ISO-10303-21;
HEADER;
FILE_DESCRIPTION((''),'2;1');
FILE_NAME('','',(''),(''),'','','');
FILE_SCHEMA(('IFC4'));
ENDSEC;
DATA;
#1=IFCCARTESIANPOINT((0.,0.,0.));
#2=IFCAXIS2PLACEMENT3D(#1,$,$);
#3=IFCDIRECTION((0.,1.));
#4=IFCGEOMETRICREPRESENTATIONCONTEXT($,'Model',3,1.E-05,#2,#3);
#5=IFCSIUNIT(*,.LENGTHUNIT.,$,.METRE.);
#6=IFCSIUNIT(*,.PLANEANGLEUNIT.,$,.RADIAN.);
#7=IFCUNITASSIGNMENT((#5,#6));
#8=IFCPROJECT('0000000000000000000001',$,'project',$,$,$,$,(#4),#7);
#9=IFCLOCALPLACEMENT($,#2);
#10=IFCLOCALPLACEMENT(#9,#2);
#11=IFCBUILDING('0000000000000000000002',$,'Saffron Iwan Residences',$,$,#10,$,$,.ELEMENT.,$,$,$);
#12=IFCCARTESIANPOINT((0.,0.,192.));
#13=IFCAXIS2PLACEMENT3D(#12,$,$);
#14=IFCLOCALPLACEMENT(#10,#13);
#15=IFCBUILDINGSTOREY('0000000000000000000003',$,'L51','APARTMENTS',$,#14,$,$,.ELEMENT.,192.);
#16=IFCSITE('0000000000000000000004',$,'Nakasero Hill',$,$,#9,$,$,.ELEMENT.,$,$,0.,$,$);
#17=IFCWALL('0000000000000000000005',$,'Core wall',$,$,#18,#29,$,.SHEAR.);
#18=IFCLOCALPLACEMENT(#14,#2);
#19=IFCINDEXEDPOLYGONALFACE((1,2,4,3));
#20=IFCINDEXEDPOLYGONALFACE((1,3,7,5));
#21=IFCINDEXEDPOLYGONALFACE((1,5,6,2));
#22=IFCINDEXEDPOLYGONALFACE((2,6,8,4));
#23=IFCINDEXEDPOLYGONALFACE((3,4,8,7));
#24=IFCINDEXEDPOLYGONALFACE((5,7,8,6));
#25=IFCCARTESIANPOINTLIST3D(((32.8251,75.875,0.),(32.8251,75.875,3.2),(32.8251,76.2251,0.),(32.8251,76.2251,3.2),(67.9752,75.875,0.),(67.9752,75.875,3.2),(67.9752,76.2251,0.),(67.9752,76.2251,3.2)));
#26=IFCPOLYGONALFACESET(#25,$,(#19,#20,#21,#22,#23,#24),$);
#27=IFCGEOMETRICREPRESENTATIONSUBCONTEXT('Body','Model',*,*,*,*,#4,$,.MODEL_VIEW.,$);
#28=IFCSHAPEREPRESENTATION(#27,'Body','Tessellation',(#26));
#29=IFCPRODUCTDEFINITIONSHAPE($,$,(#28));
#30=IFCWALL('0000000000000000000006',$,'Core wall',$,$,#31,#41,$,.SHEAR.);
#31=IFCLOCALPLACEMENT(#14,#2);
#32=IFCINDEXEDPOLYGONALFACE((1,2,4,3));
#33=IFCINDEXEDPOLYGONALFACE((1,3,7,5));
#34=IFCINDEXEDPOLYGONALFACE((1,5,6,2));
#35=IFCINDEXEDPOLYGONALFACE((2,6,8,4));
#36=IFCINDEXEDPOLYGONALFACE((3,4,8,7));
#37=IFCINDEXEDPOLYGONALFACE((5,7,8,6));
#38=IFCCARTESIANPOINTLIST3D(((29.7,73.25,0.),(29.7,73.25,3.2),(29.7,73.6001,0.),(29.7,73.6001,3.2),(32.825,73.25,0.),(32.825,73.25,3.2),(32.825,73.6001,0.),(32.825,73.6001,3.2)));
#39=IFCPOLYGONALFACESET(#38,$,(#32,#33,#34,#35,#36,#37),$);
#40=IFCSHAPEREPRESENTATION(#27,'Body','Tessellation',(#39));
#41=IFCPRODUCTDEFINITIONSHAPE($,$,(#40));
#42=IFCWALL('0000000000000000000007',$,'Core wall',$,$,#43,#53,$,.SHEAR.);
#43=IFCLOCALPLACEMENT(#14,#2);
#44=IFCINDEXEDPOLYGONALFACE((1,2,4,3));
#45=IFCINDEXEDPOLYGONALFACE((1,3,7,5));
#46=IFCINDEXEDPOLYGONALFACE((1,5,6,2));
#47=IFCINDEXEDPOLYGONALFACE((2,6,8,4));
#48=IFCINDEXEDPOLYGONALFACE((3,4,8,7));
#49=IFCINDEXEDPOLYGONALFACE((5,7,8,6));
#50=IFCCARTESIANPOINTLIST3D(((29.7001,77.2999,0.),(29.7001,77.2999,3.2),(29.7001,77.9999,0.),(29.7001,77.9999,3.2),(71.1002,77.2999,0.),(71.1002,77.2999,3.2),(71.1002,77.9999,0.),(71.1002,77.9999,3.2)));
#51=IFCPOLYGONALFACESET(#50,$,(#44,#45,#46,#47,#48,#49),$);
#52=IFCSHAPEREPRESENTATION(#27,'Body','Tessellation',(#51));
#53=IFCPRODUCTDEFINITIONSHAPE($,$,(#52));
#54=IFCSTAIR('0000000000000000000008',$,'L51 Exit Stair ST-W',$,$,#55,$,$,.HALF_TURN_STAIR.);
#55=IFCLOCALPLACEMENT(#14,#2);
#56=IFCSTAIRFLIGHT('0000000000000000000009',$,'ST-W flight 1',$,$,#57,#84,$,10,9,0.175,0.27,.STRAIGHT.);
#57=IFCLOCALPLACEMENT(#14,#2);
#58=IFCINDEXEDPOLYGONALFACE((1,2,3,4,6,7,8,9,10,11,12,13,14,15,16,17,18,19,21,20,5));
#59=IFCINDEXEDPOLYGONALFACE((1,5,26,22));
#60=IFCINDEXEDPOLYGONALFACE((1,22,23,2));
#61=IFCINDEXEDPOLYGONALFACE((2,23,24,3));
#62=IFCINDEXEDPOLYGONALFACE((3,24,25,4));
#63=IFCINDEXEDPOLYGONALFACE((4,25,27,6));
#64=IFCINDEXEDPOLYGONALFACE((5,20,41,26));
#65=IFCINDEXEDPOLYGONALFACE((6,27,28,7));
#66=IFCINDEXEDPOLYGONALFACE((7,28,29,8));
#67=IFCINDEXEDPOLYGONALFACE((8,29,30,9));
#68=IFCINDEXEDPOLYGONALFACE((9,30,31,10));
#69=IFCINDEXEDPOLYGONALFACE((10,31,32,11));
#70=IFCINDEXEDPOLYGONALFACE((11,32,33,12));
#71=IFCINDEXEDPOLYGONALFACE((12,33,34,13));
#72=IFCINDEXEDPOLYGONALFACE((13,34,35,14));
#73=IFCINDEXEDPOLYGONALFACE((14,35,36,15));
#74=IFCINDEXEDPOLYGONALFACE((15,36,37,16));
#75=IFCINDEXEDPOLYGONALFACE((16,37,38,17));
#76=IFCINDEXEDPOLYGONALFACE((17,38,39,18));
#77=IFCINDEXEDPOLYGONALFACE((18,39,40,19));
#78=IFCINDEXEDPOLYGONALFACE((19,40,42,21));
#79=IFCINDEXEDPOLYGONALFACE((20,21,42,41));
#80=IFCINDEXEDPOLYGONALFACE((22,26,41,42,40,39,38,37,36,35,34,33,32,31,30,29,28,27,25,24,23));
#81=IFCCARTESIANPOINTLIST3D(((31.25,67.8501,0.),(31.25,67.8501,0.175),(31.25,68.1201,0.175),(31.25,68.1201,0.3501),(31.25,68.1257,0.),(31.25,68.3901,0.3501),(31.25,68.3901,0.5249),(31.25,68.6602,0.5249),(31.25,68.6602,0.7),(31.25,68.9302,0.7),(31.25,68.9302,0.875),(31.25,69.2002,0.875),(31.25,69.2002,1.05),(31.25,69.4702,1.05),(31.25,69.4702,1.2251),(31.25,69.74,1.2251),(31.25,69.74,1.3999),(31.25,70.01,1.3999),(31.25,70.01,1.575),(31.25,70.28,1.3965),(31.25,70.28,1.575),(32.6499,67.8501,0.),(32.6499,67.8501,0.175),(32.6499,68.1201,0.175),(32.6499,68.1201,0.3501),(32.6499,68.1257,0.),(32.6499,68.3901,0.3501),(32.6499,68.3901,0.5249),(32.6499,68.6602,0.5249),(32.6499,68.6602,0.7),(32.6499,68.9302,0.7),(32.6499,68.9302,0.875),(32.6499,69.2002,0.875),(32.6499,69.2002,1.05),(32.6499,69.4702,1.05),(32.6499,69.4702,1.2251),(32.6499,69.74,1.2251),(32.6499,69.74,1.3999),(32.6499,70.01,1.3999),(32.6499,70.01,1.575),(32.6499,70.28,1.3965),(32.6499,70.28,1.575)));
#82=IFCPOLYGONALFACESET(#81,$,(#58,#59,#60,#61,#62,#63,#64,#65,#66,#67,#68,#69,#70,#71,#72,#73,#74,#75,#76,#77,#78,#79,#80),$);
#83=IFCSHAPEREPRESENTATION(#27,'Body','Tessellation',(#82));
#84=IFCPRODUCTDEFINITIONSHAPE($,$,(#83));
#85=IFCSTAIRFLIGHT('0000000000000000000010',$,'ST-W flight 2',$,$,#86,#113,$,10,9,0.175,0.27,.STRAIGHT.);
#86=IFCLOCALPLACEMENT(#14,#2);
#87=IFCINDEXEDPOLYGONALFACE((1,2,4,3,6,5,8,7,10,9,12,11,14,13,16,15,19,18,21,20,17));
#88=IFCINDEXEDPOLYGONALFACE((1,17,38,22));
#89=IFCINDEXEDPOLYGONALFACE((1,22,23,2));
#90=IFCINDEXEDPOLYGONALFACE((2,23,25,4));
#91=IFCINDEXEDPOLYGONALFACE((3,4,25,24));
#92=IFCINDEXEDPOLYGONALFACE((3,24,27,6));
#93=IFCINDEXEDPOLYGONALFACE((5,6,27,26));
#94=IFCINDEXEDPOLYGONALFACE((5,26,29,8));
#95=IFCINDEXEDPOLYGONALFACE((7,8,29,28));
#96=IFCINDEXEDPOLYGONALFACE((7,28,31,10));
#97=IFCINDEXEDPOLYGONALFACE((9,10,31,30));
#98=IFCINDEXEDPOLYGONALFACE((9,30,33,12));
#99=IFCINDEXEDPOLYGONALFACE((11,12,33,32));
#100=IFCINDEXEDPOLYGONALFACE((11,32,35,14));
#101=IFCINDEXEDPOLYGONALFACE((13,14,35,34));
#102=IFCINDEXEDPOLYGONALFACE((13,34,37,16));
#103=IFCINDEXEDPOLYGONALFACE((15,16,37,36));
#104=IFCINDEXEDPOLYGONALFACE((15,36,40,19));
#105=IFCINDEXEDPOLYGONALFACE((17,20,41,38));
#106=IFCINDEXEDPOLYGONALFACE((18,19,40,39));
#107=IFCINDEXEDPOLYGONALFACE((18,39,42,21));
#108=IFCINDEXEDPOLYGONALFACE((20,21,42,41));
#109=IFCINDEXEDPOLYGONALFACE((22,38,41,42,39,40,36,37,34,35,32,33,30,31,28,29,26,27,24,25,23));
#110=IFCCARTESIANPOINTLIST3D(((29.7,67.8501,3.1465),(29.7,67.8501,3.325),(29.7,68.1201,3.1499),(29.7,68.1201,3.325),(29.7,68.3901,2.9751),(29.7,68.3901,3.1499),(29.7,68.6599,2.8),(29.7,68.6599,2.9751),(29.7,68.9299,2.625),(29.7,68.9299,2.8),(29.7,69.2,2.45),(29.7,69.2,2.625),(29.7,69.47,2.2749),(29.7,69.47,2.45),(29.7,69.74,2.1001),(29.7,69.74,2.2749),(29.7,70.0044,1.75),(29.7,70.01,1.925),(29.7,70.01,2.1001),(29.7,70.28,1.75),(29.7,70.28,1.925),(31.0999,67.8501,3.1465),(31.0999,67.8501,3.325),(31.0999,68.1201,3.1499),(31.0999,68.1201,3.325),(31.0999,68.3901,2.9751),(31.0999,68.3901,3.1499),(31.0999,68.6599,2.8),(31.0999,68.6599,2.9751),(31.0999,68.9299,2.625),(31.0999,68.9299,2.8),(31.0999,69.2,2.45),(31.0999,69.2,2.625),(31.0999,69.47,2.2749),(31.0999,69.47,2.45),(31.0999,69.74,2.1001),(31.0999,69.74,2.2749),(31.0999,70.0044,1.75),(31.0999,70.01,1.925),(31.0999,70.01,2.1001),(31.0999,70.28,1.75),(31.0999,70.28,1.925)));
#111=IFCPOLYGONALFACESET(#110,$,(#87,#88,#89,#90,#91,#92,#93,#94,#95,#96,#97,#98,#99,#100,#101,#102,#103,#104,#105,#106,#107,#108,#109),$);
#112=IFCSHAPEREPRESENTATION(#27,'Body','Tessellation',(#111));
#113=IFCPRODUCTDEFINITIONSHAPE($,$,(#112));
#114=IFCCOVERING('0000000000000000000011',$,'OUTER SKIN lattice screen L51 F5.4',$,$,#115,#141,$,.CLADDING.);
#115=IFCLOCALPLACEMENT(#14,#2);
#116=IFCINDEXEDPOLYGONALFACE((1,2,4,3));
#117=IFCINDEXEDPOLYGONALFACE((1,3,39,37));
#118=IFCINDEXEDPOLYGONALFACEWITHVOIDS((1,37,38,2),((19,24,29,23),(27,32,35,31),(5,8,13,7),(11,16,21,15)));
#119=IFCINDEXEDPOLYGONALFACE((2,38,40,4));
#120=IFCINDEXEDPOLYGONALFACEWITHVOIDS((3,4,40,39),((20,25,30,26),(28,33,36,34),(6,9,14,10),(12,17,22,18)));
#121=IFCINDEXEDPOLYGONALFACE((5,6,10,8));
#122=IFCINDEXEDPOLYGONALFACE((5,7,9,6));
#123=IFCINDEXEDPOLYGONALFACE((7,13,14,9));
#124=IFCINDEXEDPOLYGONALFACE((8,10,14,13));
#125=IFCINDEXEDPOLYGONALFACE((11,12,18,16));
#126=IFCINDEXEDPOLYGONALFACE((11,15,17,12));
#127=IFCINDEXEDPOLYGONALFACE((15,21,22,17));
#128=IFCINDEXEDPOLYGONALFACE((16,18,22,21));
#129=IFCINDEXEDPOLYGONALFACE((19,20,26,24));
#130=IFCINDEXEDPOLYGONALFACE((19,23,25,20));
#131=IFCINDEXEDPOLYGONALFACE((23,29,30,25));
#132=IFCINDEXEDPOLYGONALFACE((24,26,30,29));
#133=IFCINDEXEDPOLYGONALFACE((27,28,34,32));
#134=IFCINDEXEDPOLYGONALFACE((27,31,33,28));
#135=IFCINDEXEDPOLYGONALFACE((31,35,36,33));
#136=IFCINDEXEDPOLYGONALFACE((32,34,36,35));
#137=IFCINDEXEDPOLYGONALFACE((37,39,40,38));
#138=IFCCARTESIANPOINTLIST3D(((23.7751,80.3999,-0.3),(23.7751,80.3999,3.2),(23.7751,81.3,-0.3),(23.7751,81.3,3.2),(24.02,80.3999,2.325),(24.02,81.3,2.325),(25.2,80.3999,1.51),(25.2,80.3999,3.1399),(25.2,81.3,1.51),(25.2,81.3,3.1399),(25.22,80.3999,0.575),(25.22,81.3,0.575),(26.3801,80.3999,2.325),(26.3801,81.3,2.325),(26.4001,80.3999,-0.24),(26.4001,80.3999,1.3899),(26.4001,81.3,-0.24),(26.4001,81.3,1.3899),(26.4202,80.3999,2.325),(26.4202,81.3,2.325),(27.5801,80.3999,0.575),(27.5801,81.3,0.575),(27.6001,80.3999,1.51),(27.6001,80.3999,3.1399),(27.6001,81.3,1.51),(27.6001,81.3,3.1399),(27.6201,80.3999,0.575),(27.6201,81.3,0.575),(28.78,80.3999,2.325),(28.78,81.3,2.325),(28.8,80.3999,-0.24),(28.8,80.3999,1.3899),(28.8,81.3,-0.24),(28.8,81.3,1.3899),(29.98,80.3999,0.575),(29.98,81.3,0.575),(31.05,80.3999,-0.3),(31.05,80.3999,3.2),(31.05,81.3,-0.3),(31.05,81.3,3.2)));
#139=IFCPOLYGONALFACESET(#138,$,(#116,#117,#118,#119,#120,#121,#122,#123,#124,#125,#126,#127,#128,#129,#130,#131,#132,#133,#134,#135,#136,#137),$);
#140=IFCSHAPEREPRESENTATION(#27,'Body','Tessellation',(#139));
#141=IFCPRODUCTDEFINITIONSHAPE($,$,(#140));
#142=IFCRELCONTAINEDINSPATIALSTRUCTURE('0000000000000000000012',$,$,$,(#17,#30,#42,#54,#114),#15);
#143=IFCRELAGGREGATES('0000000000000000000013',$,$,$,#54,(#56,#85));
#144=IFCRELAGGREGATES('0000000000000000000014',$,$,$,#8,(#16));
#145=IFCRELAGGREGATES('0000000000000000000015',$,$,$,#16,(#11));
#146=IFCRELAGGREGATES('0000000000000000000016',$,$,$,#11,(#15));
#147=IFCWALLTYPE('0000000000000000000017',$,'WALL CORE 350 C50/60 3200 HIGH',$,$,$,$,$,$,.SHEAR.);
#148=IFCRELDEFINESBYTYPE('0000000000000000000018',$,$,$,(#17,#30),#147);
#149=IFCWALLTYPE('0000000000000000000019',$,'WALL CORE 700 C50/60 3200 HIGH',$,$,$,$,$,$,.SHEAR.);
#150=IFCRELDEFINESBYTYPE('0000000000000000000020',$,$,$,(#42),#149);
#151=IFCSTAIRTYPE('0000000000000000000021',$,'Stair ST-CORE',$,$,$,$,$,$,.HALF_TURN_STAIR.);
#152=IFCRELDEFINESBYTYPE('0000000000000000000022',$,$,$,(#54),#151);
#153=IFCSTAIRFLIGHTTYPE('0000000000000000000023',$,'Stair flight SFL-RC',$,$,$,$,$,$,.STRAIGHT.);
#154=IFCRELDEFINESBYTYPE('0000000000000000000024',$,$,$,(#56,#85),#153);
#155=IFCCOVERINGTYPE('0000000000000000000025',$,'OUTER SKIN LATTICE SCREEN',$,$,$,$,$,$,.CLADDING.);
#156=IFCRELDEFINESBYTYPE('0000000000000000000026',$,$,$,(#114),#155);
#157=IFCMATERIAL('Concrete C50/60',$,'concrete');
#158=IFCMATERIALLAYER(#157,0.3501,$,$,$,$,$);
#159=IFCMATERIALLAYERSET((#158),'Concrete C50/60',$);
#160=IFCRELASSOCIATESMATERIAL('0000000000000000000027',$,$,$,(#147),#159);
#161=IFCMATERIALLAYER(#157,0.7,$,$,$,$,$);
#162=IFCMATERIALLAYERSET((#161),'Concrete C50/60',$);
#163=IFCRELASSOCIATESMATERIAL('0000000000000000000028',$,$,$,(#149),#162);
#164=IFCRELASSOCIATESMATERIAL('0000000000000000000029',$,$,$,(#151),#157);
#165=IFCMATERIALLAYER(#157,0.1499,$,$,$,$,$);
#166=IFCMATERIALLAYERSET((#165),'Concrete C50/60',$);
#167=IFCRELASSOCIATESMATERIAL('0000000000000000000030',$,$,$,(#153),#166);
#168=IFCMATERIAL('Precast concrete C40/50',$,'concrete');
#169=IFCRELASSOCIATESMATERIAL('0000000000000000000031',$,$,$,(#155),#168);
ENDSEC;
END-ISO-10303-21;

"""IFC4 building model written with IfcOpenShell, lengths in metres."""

from ifc_helpers import new_model, si_unit, direction, frame, frame_2d, origin, place, context, subcontext, project, spatial, polyline, rectangle, outline, extrude, material, layer, layer_set, type_object, element, aggregate, save


model = new_model("IFC4")

# Units and contexts
model_context = context("Model", 3, precision=1e-05, world=origin(), true_north=direction((0.0, 1.0)))
body_context = subcontext(model_context, "Body", "Model", "MODEL_VIEW")
ifc_project = project(units=[si_unit("LENGTHUNIT", "METRE"), si_unit("PLANEANGLEUNIT", "RADIAN")], contexts=[model_context])

# Site, building, storey
site_placement = place(None, origin())
site = spatial("IfcSite", under=ifc_project, at=site_placement, Name="Nakasero Hill", CompositionType="ELEMENT", RefElevation=0.0)
building_placement = place(site_placement, origin())
building = spatial("IfcBuilding", under=site, at=building_placement, Name="Saffron Iwan Residences", CompositionType="ELEMENT")
storey_placement = place(building_placement, frame((0.0, 0.0, 192.0)))
storey = spatial("IfcBuildingStorey", under=building, at=storey_placement, Name="L51", Description="APARTMENTS", CompositionType="ELEMENT", Elevation=192.0)

# Shared definitions
ifc_material_1 = material(Name="Concrete C50/60", Category="concrete")
ifc_layer_1 = layer(ifc_material_1, 0.3501)
ifc_layer_set_1 = layer_set([ifc_layer_1], Name="Concrete C50/60")
wall_type_1 = type_object("IfcWallType", Name="WALL CORE 350 C50/60 3200 HIGH", PredefinedType="SHEAR", material=ifc_layer_set_1)

# Walls
wall_1_placement = place(storey_placement, frame((32.825, 76.05, 0.0), z_axis=(0.0, 0.0, 1.0), x_axis=(1.0, 0.0, 0.0)))
element("IfcWall", 1, at=wall_1_placement, inside=storey, type_object=wall_type_1, Name="Core wall", PredefinedType="SHEAR", context=body_context, shape_type="SweptSolid", body=[
    extrude(rectangle(XDim=35.1501, YDim=0.3501, at=frame_2d((17.5752, 0.0))), origin(), (0.0, 0.0, 1.0), 3.2),
])
wall_2_placement = place(storey_placement, frame((29.7, 73.425, 0.0), z_axis=(0.0, 0.0, 1.0), x_axis=(1.0, 0.0, 0.0)))
element("IfcWall", 2, at=wall_2_placement, inside=storey, type_object=wall_type_1, Name="Core wall", PredefinedType="SHEAR", context=body_context, shape_type="SweptSolid", body=[
    extrude(rectangle(XDim=3.125, YDim=0.3501, at=frame_2d((1.5625, 0.0))), origin(), (0.0, 0.0, 1.0), 3.2),
])
ifc_layer_2 = layer(ifc_material_1, 0.7)
ifc_layer_set_2 = layer_set([ifc_layer_2], Name="Concrete C50/60")
wall_type_2 = type_object("IfcWallType", Name="WALL CORE 700 C50/60 3200 HIGH", PredefinedType="SHEAR", material=ifc_layer_set_2)
wall_3_placement = place(storey_placement, frame((29.7, 77.6499, 0.0), z_axis=(0.0, 0.0, 1.0), x_axis=(1.0, 0.0, 0.0)))
element("IfcWall", 3, at=wall_3_placement, inside=storey, type_object=wall_type_2, Name="Core wall", PredefinedType="SHEAR", context=body_context, shape_type="SweptSolid", body=[
    extrude(rectangle(XDim=41.4001, YDim=0.7, at=frame_2d((20.7002, 0.0))), origin(), (0.0, 0.0, 1.0), 3.2),
])

# Stair, stair flights
stair_type = type_object("IfcStairType", Name="Stair ST-CORE", PredefinedType="HALF_TURN_STAIR", material=ifc_material_1)
stair_placement = place(storey_placement, origin())
stair = element("IfcStair", 4, at=stair_placement, inside=storey, type_object=stair_type, Name="L51 Exit Stair ST-W", PredefinedType="HALF_TURN_STAIR")
ifc_layer_3 = layer(ifc_material_1, 0.1499)
ifc_layer_set_3 = layer_set([ifc_layer_3], Name="Concrete C50/60")
stair_flight_type = type_object("IfcStairFlightType", Name="Stair flight SFL-RC", PredefinedType="STRAIGHT", material=ifc_layer_set_3)
stair_flight_1_placement = place(storey_placement, frame((31.95, 67.8501, 0.0), z_axis=(0.0, 0.0, 1.0), x_axis=(0.0, 1.0, 0.0)))
stair_flight_1 = element("IfcStairFlight", 5, at=stair_flight_1_placement, type_object=stair_flight_type, Name="ST-W flight 1", NumberOfRisers=10, NumberOfTreads=9, PredefinedType="STRAIGHT", RiserHeight=0.175, TreadLength=0.27, context=body_context, shape_type="SweptSolid", body=[
    extrude(outline(polyline([(0.0, 0.0), (0.0, 0.175), (0.27, 0.175), (0.27, 0.3501), (0.54, 0.3501), (0.54, 0.5249), (0.8101, 0.5249), (0.8101, 0.7), (1.0801, 0.7), (1.0801, 0.875), (1.3501, 0.875), (1.3501, 1.05), (1.6201, 1.05), (1.6201, 1.2251), (1.8899, 1.2251), (1.8899, 1.3999), (2.1599, 1.3999), (2.1599, 1.575), (2.4299, 1.575), (2.4299, 1.75), (2.4299, 1.3965), (0.2756, 0.0), (0.0, 0.0)])), frame((0.0, 0.7, 0.0), z_axis=(0.0, -1.0, 0.0), x_axis=(1.0, 0.0, 0.0)), (0.0, 0.0, 1.0), 1.3999),
])
stair_flight_2_placement = place(storey_placement, frame((30.3999, 70.28, 1.75), z_axis=(0.0, 0.0, 1.0), x_axis=(0.0, -1.0, 0.0)))
stair_flight_2 = element("IfcStairFlight", 6, at=stair_flight_2_placement, type_object=stair_flight_type, Name="ST-W flight 2", NumberOfRisers=10, NumberOfTreads=9, PredefinedType="STRAIGHT", RiserHeight=0.175, TreadLength=0.27, context=body_context, shape_type="SweptSolid", body=[
    extrude(outline(polyline([(0.0, 0.0), (0.0, 0.175), (0.27, 0.175), (0.27, 0.3501), (0.54, 0.3501), (0.54, 0.5249), (0.8101, 0.5249), (0.8101, 0.7), (1.0801, 0.7), (1.0801, 0.875), (1.3501, 0.875), (1.3501, 1.05), (1.6201, 1.05), (1.6201, 1.2251), (1.8899, 1.2251), (1.8899, 1.3999), (2.1599, 1.3999), (2.1599, 1.575), (2.4299, 1.575), (2.4299, 1.75), (2.4299, 1.3965), (0.2756, 0.0), (0.0, 0.0)])), frame((0.0, 0.7, 0.0), z_axis=(0.0, -1.0, 0.0), x_axis=(1.0, 0.0, 0.0)), (0.0, 0.0, 1.0), 1.3999),
])
aggregate(stair, [stair_flight_1, stair_flight_2])

# Covering
ifc_material_2 = material(Name="Precast concrete C40/50", Category="concrete")
covering_type_1 = type_object("IfcCoveringType", Name="OUTER SKIN LATTICE SCREEN", PredefinedType="CLADDING", material=ifc_material_2)
covering_1_placement = place(storey_placement, frame((31.05, 80.3999, -0.3), z_axis=(0.0, 1.0, 0.0), x_axis=(-1.0, 0.0, 0.0)))
element("IfcCovering", 7, at=covering_1_placement, inside=storey, type_object=covering_type_1, Name="OUTER SKIN lattice screen L51 F5.4", PredefinedType="CLADDING", context=body_context, shape_type="SweptSolid", body=[
    extrude(outline(polyline([(0.0, 0.0), (7.2749, 0.0), (7.2749, 3.5), (0.0, 3.5), (0.0, 0.0)]), holes=[polyline([(1.0701, 0.875), (2.25, 0.0601), (3.4299, 0.875), (2.25, 1.6899), (1.0701, 0.875)]), polyline([(3.47, 0.875), (4.6499, 0.0601), (5.8301, 0.875), (4.6499, 1.6899), (3.47, 0.875)]), polyline([(2.27, 2.625), (3.45, 1.8101), (4.6299, 2.625), (3.45, 3.4399), (2.27, 2.625)]), polyline([(4.6699, 2.625), (5.8501, 1.8101), (7.03, 2.625), (5.8501, 3.4399), (4.6699, 2.625)])]), origin(), (0.0, 0.0, 1.0), 0.9001),
])

save(model, "model.ifc")
